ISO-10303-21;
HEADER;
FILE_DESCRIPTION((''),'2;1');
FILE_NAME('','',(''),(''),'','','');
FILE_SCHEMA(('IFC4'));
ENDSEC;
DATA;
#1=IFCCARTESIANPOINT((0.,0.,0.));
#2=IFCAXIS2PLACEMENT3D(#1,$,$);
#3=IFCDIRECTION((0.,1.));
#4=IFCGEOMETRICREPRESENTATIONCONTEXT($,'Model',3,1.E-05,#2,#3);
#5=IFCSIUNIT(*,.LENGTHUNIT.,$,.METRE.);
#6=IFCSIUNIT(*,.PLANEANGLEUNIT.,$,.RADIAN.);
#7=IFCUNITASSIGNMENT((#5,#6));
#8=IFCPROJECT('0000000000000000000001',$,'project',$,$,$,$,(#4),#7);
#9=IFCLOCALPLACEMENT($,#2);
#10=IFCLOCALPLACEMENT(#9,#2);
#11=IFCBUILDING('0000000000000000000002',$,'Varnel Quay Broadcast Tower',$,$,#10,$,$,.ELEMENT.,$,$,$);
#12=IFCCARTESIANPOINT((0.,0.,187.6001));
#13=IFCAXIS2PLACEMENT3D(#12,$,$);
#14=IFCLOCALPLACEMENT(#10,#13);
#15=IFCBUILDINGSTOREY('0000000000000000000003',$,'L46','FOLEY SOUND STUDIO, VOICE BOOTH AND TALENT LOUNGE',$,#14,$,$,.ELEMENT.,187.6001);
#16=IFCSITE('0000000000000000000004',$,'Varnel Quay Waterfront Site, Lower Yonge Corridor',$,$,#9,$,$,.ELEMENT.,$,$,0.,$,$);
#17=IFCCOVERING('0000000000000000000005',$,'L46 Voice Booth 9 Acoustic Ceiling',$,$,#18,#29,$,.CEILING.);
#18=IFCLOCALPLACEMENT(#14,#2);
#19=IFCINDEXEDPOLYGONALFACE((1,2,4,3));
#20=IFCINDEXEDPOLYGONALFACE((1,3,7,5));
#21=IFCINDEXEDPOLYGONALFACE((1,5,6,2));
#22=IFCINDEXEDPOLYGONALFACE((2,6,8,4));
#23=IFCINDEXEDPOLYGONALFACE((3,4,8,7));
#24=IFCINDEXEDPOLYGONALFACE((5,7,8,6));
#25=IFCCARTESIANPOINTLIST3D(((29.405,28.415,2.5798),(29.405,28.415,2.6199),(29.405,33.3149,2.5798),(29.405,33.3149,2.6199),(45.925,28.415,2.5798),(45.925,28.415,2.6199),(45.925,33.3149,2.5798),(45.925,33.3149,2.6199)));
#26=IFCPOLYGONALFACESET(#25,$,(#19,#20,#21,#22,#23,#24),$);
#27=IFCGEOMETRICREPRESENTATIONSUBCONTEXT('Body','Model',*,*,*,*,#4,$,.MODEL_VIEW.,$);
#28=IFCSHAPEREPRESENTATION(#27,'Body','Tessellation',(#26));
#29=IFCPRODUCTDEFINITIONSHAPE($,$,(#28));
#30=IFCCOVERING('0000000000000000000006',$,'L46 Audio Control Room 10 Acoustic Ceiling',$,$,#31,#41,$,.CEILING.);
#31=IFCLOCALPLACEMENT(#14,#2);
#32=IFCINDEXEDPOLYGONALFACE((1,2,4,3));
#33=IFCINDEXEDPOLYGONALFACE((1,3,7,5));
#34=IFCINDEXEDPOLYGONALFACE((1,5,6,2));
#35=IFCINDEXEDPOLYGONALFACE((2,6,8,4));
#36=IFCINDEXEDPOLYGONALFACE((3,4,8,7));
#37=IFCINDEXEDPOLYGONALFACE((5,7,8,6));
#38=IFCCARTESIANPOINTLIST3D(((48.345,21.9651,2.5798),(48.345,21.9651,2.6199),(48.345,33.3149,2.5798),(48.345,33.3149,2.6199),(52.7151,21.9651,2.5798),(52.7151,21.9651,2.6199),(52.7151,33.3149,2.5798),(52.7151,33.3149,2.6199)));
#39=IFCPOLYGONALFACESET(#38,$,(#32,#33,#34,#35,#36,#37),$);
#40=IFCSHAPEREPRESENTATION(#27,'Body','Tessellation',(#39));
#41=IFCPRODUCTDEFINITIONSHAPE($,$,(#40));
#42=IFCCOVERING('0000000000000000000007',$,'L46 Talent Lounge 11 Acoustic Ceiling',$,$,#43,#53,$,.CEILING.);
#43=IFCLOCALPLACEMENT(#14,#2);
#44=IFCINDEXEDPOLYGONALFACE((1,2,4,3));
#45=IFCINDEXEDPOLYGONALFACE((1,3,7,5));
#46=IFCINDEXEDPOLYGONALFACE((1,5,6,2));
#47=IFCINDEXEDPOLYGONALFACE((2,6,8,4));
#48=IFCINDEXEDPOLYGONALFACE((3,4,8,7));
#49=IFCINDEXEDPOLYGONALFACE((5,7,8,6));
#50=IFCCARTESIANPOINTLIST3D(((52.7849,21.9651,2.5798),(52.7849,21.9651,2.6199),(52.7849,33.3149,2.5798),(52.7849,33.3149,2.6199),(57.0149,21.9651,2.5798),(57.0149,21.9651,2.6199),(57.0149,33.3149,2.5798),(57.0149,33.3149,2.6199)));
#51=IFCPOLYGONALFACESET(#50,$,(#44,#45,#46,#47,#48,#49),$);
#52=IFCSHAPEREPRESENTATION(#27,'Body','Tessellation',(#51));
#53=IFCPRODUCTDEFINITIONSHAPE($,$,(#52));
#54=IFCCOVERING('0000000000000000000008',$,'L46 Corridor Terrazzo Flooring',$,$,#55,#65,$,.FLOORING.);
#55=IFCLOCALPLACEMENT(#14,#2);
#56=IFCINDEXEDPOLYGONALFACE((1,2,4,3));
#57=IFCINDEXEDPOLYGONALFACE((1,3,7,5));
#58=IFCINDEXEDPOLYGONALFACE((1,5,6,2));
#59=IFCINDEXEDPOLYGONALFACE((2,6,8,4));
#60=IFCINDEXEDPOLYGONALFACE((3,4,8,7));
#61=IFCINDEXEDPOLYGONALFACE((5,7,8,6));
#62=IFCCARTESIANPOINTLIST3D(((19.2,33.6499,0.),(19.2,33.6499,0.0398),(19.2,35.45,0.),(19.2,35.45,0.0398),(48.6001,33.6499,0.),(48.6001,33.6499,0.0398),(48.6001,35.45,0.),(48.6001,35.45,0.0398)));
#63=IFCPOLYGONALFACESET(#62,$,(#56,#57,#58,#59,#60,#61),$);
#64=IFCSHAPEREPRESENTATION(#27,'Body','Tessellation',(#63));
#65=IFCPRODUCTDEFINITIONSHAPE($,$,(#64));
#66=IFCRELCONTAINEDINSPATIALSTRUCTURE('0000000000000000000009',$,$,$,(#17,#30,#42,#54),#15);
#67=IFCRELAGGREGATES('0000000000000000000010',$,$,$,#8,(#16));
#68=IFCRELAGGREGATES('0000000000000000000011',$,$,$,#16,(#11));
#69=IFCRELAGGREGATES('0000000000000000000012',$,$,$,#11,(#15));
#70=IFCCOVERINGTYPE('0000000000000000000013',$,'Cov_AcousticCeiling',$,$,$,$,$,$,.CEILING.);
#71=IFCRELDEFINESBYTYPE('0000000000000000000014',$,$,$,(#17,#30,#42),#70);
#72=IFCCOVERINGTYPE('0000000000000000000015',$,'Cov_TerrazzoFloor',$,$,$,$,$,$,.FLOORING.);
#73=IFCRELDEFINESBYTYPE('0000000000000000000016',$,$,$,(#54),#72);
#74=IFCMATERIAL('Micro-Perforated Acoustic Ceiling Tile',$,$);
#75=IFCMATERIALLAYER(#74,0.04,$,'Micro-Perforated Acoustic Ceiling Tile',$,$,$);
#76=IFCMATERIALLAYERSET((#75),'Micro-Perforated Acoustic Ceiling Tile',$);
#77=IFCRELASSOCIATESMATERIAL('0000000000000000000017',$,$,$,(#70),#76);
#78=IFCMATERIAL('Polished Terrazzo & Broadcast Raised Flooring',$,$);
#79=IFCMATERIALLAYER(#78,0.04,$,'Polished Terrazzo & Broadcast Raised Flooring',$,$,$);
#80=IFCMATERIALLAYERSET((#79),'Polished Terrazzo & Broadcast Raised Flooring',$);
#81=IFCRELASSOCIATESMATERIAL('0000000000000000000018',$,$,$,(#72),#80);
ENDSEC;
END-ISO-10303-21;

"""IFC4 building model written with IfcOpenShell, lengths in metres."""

from ifc_helpers import new_model, si_unit, direction, frame, origin, place, context, subcontext, project, spatial, polyline, outline, extrude, material, layer, layer_set, type_object, element, save


model = new_model("IFC4")

# Units and contexts
model_context = context("Model", 3, precision=1e-05, world=origin(), true_north=direction((0.0, 1.0)))
body_context = subcontext(model_context, "Body", "Model", "MODEL_VIEW")
ifc_project = project(units=[si_unit("LENGTHUNIT", "METRE"), si_unit("PLANEANGLEUNIT", "RADIAN")], contexts=[model_context])

# Site, building, storey
site_placement = place(None, origin())
site = spatial("IfcSite", under=ifc_project, at=site_placement, Name="Varnel Quay Waterfront Site, Lower Yonge Corridor", CompositionType="ELEMENT", RefElevation=0.0)
building_placement = place(site_placement, origin())
building = spatial("IfcBuilding", under=site, at=building_placement, Name="Varnel Quay Broadcast Tower", CompositionType="ELEMENT")
storey_placement = place(building_placement, frame((0.0, 0.0, 187.6001)))
storey = spatial("IfcBuildingStorey", under=building, at=storey_placement, Name="L46", Description="FOLEY SOUND STUDIO, VOICE BOOTH AND TALENT LOUNGE", CompositionType="ELEMENT", Elevation=187.6001)

# Coverings
ifc_material_1 = material(Name="Micro-Perforated Acoustic Ceiling Tile")
ifc_layer_1 = layer(ifc_material_1, 0.04, Name="Micro-Perforated Acoustic Ceiling Tile")
ifc_layer_set_1 = layer_set([ifc_layer_1], Name="Micro-Perforated Acoustic Ceiling Tile")
covering_type_1 = type_object("IfcCoveringType", Name="Cov_AcousticCeiling", PredefinedType="CEILING", material=ifc_layer_set_1)
covering_1_placement = place(storey_placement, frame((0.0, 0.0, 2.5798)))
element("IfcCovering", 1, at=covering_1_placement, inside=storey, type_object=covering_type_1, Name="L46 Voice Booth 9 Acoustic Ceiling", PredefinedType="CEILING", context=body_context, shape_type="SweptSolid", body=[
    extrude(outline(polyline([(29.405, 28.415), (45.925, 28.415), (45.925, 33.3149), (29.405, 33.3149), (29.405, 28.415)])), origin(), (0.0, 0.0, 1.0), 0.04),
])
covering_2_placement = place(storey_placement, frame((0.0, 0.0, 2.5798)))
element("IfcCovering", 2, at=covering_2_placement, inside=storey, type_object=covering_type_1, Name="L46 Audio Control Room 10 Acoustic Ceiling", PredefinedType="CEILING", context=body_context, shape_type="SweptSolid", body=[
    extrude(outline(polyline([(48.345, 21.9651), (52.7151, 21.9651), (52.7151, 33.3149), (48.345, 33.3149), (48.345, 21.9651)])), origin(), (0.0, 0.0, 1.0), 0.04),
])
covering_3_placement = place(storey_placement, frame((0.0, 0.0, 2.5798)))
element("IfcCovering", 3, at=covering_3_placement, inside=storey, type_object=covering_type_1, Name="L46 Talent Lounge 11 Acoustic Ceiling", PredefinedType="CEILING", context=body_context, shape_type="SweptSolid", body=[
    extrude(outline(polyline([(52.7849, 21.9651), (57.0149, 21.9651), (57.0149, 33.3149), (52.7849, 33.3149), (52.7849, 21.9651)])), origin(), (0.0, 0.0, 1.0), 0.04),
])
ifc_material_2 = material(Name="Polished Terrazzo & Broadcast Raised Flooring")
ifc_layer_2 = layer(ifc_material_2, 0.04, Name="Polished Terrazzo & Broadcast Raised Flooring")
ifc_layer_set_2 = layer_set([ifc_layer_2], Name="Polished Terrazzo & Broadcast Raised Flooring")
covering_type_2 = type_object("IfcCoveringType", Name="Cov_TerrazzoFloor", PredefinedType="FLOORING", material=ifc_layer_set_2)
covering_4_placement = place(storey_placement, origin())
element("IfcCovering", 4, at=covering_4_placement, inside=storey, type_object=covering_type_2, Name="L46 Corridor Terrazzo Flooring", PredefinedType="FLOORING", context=body_context, shape_type="SweptSolid", body=[
    extrude(outline(polyline([(19.2, 33.6499), (48.6001, 33.6499), (48.6001, 35.45), (19.2, 35.45), (19.2, 33.6499)])), origin(), (0.0, 0.0, 1.0), 0.0398),
])

save(model, "model.ifc")
